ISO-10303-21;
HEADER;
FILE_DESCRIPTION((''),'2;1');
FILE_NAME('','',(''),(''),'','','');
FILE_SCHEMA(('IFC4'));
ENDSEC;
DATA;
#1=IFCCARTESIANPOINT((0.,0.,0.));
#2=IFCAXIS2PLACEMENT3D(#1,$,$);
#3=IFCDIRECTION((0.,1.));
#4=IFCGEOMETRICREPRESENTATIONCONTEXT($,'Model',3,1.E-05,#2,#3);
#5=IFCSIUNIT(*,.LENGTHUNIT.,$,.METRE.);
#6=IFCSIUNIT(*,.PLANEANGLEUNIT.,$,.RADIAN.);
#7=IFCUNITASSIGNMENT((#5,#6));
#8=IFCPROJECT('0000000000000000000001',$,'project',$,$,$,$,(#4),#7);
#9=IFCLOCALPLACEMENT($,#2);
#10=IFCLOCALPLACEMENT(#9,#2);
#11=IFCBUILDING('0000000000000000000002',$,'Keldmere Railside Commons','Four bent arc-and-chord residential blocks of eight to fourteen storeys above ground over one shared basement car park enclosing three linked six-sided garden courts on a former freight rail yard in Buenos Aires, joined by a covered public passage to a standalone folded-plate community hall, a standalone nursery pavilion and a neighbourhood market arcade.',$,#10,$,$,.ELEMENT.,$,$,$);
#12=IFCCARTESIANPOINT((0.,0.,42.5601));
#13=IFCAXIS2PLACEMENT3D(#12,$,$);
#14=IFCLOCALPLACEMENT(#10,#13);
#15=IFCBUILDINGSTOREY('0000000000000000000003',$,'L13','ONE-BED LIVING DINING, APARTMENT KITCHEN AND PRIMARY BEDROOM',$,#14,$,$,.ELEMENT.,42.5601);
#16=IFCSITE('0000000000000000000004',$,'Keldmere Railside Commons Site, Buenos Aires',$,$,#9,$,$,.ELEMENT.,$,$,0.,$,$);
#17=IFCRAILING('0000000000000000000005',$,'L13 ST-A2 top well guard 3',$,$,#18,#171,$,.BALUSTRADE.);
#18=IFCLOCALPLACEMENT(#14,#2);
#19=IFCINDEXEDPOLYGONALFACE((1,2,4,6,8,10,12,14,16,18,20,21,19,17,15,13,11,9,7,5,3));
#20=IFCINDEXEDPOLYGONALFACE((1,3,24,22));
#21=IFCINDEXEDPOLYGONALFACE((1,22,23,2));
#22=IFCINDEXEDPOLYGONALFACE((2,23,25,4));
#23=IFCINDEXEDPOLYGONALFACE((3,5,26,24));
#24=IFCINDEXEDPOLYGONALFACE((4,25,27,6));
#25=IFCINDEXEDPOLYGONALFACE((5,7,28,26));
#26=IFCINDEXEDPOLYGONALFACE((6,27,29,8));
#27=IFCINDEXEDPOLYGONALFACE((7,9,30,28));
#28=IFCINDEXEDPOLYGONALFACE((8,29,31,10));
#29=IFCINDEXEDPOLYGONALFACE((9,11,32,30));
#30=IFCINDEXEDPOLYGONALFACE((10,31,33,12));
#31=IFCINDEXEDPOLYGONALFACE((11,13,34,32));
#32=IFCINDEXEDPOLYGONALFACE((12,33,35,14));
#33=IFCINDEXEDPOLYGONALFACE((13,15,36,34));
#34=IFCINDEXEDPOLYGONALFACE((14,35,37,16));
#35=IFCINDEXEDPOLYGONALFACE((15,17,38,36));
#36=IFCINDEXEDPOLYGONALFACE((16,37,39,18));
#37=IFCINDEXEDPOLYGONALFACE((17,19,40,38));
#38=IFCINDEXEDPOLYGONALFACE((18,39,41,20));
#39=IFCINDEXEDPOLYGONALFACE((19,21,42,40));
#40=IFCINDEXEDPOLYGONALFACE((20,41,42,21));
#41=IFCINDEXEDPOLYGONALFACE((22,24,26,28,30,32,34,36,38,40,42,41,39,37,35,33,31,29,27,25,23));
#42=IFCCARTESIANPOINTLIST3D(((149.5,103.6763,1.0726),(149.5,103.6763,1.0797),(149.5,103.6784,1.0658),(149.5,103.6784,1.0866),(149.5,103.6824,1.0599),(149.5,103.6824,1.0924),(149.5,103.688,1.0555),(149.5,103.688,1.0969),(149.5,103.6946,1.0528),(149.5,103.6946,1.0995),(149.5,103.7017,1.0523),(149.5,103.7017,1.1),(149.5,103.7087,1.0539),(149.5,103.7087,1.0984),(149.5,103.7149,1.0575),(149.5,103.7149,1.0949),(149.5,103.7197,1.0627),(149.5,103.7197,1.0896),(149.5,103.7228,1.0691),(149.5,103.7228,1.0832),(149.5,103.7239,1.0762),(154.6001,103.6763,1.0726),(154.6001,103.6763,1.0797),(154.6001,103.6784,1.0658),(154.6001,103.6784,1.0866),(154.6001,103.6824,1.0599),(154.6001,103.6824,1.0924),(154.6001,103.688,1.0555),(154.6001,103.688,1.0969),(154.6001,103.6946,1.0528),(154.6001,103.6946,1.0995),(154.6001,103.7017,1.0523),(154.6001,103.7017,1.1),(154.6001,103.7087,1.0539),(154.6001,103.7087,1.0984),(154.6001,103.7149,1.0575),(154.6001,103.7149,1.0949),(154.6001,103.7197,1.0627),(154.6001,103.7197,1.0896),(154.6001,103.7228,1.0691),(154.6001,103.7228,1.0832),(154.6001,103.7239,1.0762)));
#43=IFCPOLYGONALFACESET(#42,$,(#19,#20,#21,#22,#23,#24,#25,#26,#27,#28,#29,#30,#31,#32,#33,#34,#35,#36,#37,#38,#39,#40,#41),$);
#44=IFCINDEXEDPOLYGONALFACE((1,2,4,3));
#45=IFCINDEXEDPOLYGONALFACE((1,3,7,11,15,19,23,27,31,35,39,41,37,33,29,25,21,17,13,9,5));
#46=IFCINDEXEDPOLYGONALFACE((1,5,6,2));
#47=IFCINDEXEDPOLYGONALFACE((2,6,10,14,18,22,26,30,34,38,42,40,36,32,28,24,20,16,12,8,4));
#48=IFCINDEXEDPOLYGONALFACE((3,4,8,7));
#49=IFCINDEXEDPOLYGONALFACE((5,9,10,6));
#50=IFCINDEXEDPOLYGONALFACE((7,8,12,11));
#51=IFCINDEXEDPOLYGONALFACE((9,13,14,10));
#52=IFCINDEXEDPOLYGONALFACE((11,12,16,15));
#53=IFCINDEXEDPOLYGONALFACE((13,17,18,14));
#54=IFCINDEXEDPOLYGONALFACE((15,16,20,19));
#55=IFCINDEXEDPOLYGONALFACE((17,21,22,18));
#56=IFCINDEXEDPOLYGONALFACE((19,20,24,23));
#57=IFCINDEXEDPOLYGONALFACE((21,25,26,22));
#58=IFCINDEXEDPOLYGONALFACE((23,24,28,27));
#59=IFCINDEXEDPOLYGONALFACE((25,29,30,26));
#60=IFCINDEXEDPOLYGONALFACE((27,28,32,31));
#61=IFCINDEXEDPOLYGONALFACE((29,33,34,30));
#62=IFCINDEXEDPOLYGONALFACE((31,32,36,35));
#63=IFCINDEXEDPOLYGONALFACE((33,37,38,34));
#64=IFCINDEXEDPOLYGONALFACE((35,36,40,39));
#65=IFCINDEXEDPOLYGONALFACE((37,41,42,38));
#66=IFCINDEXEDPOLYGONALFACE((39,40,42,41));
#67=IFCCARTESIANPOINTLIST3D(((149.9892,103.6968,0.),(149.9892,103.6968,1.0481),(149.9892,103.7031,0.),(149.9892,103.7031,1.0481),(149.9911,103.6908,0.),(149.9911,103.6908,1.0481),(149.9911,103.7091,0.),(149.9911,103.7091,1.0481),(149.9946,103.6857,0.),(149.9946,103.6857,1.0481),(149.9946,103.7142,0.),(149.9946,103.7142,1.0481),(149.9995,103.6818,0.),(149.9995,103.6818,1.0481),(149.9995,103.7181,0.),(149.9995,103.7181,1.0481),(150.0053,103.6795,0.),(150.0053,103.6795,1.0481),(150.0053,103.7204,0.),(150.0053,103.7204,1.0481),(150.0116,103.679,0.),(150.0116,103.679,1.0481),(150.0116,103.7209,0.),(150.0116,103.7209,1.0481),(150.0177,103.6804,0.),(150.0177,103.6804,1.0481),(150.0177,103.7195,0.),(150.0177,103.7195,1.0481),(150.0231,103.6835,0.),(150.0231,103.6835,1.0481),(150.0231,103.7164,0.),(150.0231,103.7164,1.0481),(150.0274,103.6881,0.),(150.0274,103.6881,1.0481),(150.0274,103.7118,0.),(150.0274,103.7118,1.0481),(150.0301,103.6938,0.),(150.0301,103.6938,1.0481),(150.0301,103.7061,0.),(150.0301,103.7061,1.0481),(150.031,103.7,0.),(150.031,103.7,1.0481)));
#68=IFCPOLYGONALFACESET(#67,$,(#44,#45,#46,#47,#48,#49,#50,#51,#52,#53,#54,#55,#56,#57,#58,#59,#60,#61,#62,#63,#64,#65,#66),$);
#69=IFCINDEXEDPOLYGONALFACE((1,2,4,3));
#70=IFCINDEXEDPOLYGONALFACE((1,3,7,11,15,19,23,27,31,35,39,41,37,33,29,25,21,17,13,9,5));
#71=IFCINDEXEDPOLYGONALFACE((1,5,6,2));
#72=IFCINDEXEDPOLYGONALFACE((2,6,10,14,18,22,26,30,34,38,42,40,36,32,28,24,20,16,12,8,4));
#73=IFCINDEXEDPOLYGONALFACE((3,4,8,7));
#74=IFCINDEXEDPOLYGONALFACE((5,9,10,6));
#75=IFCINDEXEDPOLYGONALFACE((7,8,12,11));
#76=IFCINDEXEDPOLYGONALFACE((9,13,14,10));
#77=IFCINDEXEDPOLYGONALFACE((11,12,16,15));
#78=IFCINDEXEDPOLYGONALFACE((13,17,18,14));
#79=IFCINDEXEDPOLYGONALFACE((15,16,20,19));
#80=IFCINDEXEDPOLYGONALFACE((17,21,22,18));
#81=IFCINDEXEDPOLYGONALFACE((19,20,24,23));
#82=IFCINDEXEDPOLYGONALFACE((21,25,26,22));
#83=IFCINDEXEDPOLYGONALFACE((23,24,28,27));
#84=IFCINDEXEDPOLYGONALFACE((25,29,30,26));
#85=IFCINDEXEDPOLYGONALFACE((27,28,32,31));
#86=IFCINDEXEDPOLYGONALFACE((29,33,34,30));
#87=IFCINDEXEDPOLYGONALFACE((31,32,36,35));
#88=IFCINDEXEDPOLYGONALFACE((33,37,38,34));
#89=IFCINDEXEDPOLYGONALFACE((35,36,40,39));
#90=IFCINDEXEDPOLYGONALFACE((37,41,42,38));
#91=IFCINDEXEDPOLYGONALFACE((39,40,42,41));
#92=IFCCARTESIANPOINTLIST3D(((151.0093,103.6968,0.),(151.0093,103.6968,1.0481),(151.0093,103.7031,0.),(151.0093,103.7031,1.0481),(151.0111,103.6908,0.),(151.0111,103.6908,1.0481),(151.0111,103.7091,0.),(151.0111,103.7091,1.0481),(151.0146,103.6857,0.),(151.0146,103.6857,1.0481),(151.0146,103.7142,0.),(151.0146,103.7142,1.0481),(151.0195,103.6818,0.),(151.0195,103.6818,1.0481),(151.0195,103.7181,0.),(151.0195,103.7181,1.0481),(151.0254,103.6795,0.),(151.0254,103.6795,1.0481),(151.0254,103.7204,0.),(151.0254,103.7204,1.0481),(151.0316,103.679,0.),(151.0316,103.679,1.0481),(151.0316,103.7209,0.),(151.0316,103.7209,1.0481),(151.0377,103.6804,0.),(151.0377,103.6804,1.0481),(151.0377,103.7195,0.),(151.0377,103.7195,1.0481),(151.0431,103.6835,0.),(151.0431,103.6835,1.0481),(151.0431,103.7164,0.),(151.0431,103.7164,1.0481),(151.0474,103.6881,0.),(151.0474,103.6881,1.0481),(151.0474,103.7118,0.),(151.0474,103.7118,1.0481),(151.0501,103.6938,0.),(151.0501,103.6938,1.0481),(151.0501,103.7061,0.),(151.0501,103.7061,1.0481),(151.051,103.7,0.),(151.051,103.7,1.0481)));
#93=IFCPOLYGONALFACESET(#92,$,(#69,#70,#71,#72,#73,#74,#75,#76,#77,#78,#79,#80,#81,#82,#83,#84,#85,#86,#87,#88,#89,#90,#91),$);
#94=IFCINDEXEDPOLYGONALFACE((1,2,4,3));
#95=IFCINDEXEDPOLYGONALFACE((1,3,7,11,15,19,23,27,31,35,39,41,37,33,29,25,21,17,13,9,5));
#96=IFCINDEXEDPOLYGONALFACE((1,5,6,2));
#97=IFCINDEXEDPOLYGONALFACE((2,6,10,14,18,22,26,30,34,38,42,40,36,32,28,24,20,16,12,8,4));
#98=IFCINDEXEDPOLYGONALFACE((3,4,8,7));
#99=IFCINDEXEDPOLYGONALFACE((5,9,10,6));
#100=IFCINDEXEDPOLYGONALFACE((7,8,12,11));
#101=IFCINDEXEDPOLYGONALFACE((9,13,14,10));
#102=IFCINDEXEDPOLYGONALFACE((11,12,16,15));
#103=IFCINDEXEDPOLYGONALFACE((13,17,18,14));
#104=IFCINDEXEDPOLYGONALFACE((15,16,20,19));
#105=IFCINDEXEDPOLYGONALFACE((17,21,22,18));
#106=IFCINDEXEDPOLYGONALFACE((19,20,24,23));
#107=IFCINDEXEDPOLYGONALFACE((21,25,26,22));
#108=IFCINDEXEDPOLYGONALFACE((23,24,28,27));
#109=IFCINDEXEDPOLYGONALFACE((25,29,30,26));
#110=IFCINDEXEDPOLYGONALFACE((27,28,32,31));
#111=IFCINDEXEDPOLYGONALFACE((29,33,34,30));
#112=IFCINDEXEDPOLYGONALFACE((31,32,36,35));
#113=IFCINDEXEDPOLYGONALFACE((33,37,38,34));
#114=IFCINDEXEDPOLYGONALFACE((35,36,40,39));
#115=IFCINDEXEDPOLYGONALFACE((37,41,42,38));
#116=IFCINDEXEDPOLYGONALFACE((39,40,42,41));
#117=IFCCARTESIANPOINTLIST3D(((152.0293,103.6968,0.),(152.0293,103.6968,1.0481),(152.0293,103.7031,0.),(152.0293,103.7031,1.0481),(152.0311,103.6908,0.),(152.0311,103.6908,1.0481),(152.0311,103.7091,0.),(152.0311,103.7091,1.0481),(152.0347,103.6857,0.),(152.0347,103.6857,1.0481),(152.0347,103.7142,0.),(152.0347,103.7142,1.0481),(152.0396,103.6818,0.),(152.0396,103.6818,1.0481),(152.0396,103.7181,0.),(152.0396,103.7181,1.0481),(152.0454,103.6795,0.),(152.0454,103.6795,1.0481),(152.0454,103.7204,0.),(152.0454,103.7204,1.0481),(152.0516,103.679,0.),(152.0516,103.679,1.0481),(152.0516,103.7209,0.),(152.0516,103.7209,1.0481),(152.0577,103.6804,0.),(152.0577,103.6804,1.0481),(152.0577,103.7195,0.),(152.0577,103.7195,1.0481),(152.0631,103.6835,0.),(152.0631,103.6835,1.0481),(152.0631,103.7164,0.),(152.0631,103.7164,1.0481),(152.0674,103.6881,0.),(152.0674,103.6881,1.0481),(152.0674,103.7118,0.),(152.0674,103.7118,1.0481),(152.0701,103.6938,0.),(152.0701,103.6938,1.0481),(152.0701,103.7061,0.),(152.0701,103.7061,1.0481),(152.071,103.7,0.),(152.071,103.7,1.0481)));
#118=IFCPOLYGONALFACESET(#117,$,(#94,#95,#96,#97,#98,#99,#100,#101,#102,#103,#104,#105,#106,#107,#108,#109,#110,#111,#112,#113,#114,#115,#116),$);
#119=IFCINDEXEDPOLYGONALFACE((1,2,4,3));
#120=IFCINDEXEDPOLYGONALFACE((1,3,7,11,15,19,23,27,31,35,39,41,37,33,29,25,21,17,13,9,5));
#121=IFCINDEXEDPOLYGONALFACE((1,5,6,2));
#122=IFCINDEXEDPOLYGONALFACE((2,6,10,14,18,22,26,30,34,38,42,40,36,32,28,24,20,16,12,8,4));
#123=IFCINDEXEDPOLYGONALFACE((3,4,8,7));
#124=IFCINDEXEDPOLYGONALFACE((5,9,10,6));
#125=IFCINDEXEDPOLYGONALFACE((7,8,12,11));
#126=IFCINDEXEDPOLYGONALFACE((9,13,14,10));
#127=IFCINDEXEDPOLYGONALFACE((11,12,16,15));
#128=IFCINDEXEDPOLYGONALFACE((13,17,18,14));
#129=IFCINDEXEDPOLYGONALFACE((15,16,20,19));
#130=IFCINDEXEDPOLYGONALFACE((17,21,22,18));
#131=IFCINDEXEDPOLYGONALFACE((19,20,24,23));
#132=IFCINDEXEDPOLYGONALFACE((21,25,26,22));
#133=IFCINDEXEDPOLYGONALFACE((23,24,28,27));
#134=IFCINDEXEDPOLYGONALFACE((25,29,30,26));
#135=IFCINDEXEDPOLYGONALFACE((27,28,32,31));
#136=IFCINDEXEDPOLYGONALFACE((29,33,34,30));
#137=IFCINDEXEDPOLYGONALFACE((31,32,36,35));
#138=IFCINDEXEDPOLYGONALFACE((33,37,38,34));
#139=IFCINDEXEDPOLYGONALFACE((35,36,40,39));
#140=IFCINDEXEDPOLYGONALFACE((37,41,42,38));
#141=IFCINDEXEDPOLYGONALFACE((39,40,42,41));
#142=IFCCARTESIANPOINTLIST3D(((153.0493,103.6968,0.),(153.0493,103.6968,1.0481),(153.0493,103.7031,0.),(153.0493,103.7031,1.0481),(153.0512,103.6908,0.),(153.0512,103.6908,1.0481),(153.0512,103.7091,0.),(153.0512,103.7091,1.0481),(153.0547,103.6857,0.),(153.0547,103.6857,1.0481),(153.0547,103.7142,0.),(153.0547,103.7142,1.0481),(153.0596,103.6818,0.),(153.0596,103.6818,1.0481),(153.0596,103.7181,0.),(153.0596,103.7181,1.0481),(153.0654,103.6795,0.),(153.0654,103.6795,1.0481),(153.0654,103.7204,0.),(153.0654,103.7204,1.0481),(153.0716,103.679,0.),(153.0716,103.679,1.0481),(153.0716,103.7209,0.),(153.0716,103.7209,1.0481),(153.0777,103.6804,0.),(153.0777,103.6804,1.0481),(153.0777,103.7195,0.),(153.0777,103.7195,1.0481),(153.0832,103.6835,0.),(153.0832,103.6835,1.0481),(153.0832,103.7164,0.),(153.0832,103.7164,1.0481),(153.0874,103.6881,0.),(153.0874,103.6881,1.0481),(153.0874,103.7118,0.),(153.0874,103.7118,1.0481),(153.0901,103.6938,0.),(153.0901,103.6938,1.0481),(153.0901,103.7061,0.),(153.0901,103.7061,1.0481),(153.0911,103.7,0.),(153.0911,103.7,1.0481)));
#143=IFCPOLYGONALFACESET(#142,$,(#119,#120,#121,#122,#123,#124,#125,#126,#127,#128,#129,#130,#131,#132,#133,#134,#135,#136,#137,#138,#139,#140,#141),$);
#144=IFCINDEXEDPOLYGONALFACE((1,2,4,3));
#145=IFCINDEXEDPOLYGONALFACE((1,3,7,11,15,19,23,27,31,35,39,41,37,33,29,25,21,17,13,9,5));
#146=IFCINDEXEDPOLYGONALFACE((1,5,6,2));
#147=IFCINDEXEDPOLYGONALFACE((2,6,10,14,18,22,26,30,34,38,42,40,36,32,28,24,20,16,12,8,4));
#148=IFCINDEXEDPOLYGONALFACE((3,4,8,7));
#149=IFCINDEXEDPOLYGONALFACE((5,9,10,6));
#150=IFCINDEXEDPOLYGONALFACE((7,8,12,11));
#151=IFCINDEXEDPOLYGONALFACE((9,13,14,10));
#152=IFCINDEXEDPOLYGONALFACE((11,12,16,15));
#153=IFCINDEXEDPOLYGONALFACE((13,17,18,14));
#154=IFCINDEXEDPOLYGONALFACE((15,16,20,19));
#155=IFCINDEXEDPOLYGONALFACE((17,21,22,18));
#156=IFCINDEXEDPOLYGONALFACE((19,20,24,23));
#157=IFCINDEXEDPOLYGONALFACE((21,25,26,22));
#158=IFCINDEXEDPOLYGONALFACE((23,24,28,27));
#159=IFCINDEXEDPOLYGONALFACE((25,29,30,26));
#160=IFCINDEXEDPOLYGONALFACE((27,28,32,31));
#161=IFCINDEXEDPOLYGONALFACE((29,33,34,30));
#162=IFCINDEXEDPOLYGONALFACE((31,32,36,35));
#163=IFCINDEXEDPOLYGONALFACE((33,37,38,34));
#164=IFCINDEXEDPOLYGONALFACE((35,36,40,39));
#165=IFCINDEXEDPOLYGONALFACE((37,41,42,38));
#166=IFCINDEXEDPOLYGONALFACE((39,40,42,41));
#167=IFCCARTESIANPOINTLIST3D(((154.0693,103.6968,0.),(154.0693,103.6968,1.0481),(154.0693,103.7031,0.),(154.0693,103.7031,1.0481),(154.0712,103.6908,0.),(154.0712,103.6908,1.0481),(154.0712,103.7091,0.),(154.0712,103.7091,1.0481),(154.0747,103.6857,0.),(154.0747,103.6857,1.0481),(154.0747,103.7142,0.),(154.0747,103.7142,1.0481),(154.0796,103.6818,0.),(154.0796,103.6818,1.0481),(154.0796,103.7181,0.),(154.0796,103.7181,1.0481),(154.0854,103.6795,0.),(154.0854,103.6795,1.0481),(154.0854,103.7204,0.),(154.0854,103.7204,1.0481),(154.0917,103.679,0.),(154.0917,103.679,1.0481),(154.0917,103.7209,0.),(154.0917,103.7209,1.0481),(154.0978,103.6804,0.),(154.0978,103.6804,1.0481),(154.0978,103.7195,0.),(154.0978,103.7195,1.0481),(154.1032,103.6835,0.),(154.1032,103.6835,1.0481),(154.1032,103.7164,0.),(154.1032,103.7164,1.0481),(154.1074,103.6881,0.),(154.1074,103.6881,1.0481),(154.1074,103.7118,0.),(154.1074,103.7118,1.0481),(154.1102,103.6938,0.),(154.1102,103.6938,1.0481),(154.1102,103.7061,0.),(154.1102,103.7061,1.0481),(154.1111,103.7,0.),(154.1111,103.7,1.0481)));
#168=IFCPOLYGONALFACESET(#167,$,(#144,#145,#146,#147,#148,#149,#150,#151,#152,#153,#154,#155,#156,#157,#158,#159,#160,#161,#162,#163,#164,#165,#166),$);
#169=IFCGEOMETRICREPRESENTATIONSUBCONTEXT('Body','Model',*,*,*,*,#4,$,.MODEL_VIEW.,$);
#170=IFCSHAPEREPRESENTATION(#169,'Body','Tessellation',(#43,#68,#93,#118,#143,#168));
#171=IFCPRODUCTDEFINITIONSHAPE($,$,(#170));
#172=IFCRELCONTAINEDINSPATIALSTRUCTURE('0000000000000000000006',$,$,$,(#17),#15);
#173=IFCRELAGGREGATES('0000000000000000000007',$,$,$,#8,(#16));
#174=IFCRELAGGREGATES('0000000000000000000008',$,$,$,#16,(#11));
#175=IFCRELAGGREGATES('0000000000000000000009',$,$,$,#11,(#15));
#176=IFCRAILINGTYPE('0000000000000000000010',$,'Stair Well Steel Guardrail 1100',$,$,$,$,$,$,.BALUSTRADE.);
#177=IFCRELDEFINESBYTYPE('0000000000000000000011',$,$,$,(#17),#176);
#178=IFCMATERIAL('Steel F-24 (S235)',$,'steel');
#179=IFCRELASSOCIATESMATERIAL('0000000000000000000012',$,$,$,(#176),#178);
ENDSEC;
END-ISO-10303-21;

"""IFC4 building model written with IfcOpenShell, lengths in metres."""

from ifc_helpers import new_model, si_unit, direction, frame, origin, origin_2d, place, context, subcontext, project, spatial, circle, extrude, material, type_object, element, save


model = new_model("IFC4")

# Units and contexts
model_context = context("Model", 3, precision=1e-05, world=origin(), true_north=direction((0.0, 1.0)))
body_context = subcontext(model_context, "Body", "Model", "MODEL_VIEW")
ifc_project = project(units=[si_unit("LENGTHUNIT", "METRE"), si_unit("PLANEANGLEUNIT", "RADIAN")], contexts=[model_context])

# Site, building, storey
site_placement = place(None, origin())
site = spatial("IfcSite", under=ifc_project, at=site_placement, Name="Keldmere Railside Commons Site, Buenos Aires", CompositionType="ELEMENT", RefElevation=0.0)
building_placement = place(site_placement, origin())
building = spatial("IfcBuilding", under=site, at=building_placement, Name="Keldmere Railside Commons", Description="Four bent arc-and-chord residential blocks of eight to fourteen storeys above ground over one shared basement car park enclosing three linked six-sided garden courts on a former freight rail yard in Buenos Aires, joined by a covered public passage to a standalone folded-plate community hall, a standalone nursery pavilion and a neighbourhood market arcade.", CompositionType="ELEMENT")
storey_placement = place(building_placement, frame((0.0, 0.0, 42.5601)))
storey = spatial("IfcBuildingStorey", under=building, at=storey_placement, Name="L13", Description="ONE-BED LIVING DINING, APARTMENT KITCHEN AND PRIMARY BEDROOM", CompositionType="ELEMENT", Elevation=42.5601)

# Railing
ifc_material_1 = material(Name="Steel F-24 (S235)", Category="steel")
railing_type_1 = type_object("IfcRailingType", Name="Stair Well Steel Guardrail 1100", PredefinedType="BALUSTRADE", material=ifc_material_1)
for number, where, name in (
    (1, (149.5, 103.7, 0.0), "L13 ST-A2 top well guard 3"),
):
    element("IfcRailing", number, at=place(storey_placement, frame(where)), inside=storey, type_object=railing_type_1, Name=name, PredefinedType="BALUSTRADE", context=body_context, shape_type="SweptSolid", body=[
        extrude(circle(Radius=0.0239, at=origin_2d()), frame((0.0, 0.0, 1.0762), z_axis=(1.0, 0.0, 0.0), x_axis=(0.0, 1.0, 0.0)), (0.0, 0.0, 1.0), 5.1001),
        extrude(circle(Radius=0.021, at=origin_2d()), frame((0.51, 0.0, 0.0)), (0.0, 0.0, 1.0), 1.0481),
        extrude(circle(Radius=0.021, at=origin_2d()), frame((1.53, 0.0, 0.0)), (0.0, 0.0, 1.0), 1.0481),
        extrude(circle(Radius=0.021, at=origin_2d()), frame((2.55, 0.0, 0.0)), (0.0, 0.0, 1.0), 1.0481),
        extrude(circle(Radius=0.021, at=origin_2d()), frame((3.5701, 0.0, 0.0)), (0.0, 0.0, 1.0), 1.0481),
        extrude(circle(Radius=0.021, at=origin_2d()), frame((4.5901, 0.0, 0.0)), (0.0, 0.0, 1.0), 1.0481),
    ])

save(model, "model.ifc")
